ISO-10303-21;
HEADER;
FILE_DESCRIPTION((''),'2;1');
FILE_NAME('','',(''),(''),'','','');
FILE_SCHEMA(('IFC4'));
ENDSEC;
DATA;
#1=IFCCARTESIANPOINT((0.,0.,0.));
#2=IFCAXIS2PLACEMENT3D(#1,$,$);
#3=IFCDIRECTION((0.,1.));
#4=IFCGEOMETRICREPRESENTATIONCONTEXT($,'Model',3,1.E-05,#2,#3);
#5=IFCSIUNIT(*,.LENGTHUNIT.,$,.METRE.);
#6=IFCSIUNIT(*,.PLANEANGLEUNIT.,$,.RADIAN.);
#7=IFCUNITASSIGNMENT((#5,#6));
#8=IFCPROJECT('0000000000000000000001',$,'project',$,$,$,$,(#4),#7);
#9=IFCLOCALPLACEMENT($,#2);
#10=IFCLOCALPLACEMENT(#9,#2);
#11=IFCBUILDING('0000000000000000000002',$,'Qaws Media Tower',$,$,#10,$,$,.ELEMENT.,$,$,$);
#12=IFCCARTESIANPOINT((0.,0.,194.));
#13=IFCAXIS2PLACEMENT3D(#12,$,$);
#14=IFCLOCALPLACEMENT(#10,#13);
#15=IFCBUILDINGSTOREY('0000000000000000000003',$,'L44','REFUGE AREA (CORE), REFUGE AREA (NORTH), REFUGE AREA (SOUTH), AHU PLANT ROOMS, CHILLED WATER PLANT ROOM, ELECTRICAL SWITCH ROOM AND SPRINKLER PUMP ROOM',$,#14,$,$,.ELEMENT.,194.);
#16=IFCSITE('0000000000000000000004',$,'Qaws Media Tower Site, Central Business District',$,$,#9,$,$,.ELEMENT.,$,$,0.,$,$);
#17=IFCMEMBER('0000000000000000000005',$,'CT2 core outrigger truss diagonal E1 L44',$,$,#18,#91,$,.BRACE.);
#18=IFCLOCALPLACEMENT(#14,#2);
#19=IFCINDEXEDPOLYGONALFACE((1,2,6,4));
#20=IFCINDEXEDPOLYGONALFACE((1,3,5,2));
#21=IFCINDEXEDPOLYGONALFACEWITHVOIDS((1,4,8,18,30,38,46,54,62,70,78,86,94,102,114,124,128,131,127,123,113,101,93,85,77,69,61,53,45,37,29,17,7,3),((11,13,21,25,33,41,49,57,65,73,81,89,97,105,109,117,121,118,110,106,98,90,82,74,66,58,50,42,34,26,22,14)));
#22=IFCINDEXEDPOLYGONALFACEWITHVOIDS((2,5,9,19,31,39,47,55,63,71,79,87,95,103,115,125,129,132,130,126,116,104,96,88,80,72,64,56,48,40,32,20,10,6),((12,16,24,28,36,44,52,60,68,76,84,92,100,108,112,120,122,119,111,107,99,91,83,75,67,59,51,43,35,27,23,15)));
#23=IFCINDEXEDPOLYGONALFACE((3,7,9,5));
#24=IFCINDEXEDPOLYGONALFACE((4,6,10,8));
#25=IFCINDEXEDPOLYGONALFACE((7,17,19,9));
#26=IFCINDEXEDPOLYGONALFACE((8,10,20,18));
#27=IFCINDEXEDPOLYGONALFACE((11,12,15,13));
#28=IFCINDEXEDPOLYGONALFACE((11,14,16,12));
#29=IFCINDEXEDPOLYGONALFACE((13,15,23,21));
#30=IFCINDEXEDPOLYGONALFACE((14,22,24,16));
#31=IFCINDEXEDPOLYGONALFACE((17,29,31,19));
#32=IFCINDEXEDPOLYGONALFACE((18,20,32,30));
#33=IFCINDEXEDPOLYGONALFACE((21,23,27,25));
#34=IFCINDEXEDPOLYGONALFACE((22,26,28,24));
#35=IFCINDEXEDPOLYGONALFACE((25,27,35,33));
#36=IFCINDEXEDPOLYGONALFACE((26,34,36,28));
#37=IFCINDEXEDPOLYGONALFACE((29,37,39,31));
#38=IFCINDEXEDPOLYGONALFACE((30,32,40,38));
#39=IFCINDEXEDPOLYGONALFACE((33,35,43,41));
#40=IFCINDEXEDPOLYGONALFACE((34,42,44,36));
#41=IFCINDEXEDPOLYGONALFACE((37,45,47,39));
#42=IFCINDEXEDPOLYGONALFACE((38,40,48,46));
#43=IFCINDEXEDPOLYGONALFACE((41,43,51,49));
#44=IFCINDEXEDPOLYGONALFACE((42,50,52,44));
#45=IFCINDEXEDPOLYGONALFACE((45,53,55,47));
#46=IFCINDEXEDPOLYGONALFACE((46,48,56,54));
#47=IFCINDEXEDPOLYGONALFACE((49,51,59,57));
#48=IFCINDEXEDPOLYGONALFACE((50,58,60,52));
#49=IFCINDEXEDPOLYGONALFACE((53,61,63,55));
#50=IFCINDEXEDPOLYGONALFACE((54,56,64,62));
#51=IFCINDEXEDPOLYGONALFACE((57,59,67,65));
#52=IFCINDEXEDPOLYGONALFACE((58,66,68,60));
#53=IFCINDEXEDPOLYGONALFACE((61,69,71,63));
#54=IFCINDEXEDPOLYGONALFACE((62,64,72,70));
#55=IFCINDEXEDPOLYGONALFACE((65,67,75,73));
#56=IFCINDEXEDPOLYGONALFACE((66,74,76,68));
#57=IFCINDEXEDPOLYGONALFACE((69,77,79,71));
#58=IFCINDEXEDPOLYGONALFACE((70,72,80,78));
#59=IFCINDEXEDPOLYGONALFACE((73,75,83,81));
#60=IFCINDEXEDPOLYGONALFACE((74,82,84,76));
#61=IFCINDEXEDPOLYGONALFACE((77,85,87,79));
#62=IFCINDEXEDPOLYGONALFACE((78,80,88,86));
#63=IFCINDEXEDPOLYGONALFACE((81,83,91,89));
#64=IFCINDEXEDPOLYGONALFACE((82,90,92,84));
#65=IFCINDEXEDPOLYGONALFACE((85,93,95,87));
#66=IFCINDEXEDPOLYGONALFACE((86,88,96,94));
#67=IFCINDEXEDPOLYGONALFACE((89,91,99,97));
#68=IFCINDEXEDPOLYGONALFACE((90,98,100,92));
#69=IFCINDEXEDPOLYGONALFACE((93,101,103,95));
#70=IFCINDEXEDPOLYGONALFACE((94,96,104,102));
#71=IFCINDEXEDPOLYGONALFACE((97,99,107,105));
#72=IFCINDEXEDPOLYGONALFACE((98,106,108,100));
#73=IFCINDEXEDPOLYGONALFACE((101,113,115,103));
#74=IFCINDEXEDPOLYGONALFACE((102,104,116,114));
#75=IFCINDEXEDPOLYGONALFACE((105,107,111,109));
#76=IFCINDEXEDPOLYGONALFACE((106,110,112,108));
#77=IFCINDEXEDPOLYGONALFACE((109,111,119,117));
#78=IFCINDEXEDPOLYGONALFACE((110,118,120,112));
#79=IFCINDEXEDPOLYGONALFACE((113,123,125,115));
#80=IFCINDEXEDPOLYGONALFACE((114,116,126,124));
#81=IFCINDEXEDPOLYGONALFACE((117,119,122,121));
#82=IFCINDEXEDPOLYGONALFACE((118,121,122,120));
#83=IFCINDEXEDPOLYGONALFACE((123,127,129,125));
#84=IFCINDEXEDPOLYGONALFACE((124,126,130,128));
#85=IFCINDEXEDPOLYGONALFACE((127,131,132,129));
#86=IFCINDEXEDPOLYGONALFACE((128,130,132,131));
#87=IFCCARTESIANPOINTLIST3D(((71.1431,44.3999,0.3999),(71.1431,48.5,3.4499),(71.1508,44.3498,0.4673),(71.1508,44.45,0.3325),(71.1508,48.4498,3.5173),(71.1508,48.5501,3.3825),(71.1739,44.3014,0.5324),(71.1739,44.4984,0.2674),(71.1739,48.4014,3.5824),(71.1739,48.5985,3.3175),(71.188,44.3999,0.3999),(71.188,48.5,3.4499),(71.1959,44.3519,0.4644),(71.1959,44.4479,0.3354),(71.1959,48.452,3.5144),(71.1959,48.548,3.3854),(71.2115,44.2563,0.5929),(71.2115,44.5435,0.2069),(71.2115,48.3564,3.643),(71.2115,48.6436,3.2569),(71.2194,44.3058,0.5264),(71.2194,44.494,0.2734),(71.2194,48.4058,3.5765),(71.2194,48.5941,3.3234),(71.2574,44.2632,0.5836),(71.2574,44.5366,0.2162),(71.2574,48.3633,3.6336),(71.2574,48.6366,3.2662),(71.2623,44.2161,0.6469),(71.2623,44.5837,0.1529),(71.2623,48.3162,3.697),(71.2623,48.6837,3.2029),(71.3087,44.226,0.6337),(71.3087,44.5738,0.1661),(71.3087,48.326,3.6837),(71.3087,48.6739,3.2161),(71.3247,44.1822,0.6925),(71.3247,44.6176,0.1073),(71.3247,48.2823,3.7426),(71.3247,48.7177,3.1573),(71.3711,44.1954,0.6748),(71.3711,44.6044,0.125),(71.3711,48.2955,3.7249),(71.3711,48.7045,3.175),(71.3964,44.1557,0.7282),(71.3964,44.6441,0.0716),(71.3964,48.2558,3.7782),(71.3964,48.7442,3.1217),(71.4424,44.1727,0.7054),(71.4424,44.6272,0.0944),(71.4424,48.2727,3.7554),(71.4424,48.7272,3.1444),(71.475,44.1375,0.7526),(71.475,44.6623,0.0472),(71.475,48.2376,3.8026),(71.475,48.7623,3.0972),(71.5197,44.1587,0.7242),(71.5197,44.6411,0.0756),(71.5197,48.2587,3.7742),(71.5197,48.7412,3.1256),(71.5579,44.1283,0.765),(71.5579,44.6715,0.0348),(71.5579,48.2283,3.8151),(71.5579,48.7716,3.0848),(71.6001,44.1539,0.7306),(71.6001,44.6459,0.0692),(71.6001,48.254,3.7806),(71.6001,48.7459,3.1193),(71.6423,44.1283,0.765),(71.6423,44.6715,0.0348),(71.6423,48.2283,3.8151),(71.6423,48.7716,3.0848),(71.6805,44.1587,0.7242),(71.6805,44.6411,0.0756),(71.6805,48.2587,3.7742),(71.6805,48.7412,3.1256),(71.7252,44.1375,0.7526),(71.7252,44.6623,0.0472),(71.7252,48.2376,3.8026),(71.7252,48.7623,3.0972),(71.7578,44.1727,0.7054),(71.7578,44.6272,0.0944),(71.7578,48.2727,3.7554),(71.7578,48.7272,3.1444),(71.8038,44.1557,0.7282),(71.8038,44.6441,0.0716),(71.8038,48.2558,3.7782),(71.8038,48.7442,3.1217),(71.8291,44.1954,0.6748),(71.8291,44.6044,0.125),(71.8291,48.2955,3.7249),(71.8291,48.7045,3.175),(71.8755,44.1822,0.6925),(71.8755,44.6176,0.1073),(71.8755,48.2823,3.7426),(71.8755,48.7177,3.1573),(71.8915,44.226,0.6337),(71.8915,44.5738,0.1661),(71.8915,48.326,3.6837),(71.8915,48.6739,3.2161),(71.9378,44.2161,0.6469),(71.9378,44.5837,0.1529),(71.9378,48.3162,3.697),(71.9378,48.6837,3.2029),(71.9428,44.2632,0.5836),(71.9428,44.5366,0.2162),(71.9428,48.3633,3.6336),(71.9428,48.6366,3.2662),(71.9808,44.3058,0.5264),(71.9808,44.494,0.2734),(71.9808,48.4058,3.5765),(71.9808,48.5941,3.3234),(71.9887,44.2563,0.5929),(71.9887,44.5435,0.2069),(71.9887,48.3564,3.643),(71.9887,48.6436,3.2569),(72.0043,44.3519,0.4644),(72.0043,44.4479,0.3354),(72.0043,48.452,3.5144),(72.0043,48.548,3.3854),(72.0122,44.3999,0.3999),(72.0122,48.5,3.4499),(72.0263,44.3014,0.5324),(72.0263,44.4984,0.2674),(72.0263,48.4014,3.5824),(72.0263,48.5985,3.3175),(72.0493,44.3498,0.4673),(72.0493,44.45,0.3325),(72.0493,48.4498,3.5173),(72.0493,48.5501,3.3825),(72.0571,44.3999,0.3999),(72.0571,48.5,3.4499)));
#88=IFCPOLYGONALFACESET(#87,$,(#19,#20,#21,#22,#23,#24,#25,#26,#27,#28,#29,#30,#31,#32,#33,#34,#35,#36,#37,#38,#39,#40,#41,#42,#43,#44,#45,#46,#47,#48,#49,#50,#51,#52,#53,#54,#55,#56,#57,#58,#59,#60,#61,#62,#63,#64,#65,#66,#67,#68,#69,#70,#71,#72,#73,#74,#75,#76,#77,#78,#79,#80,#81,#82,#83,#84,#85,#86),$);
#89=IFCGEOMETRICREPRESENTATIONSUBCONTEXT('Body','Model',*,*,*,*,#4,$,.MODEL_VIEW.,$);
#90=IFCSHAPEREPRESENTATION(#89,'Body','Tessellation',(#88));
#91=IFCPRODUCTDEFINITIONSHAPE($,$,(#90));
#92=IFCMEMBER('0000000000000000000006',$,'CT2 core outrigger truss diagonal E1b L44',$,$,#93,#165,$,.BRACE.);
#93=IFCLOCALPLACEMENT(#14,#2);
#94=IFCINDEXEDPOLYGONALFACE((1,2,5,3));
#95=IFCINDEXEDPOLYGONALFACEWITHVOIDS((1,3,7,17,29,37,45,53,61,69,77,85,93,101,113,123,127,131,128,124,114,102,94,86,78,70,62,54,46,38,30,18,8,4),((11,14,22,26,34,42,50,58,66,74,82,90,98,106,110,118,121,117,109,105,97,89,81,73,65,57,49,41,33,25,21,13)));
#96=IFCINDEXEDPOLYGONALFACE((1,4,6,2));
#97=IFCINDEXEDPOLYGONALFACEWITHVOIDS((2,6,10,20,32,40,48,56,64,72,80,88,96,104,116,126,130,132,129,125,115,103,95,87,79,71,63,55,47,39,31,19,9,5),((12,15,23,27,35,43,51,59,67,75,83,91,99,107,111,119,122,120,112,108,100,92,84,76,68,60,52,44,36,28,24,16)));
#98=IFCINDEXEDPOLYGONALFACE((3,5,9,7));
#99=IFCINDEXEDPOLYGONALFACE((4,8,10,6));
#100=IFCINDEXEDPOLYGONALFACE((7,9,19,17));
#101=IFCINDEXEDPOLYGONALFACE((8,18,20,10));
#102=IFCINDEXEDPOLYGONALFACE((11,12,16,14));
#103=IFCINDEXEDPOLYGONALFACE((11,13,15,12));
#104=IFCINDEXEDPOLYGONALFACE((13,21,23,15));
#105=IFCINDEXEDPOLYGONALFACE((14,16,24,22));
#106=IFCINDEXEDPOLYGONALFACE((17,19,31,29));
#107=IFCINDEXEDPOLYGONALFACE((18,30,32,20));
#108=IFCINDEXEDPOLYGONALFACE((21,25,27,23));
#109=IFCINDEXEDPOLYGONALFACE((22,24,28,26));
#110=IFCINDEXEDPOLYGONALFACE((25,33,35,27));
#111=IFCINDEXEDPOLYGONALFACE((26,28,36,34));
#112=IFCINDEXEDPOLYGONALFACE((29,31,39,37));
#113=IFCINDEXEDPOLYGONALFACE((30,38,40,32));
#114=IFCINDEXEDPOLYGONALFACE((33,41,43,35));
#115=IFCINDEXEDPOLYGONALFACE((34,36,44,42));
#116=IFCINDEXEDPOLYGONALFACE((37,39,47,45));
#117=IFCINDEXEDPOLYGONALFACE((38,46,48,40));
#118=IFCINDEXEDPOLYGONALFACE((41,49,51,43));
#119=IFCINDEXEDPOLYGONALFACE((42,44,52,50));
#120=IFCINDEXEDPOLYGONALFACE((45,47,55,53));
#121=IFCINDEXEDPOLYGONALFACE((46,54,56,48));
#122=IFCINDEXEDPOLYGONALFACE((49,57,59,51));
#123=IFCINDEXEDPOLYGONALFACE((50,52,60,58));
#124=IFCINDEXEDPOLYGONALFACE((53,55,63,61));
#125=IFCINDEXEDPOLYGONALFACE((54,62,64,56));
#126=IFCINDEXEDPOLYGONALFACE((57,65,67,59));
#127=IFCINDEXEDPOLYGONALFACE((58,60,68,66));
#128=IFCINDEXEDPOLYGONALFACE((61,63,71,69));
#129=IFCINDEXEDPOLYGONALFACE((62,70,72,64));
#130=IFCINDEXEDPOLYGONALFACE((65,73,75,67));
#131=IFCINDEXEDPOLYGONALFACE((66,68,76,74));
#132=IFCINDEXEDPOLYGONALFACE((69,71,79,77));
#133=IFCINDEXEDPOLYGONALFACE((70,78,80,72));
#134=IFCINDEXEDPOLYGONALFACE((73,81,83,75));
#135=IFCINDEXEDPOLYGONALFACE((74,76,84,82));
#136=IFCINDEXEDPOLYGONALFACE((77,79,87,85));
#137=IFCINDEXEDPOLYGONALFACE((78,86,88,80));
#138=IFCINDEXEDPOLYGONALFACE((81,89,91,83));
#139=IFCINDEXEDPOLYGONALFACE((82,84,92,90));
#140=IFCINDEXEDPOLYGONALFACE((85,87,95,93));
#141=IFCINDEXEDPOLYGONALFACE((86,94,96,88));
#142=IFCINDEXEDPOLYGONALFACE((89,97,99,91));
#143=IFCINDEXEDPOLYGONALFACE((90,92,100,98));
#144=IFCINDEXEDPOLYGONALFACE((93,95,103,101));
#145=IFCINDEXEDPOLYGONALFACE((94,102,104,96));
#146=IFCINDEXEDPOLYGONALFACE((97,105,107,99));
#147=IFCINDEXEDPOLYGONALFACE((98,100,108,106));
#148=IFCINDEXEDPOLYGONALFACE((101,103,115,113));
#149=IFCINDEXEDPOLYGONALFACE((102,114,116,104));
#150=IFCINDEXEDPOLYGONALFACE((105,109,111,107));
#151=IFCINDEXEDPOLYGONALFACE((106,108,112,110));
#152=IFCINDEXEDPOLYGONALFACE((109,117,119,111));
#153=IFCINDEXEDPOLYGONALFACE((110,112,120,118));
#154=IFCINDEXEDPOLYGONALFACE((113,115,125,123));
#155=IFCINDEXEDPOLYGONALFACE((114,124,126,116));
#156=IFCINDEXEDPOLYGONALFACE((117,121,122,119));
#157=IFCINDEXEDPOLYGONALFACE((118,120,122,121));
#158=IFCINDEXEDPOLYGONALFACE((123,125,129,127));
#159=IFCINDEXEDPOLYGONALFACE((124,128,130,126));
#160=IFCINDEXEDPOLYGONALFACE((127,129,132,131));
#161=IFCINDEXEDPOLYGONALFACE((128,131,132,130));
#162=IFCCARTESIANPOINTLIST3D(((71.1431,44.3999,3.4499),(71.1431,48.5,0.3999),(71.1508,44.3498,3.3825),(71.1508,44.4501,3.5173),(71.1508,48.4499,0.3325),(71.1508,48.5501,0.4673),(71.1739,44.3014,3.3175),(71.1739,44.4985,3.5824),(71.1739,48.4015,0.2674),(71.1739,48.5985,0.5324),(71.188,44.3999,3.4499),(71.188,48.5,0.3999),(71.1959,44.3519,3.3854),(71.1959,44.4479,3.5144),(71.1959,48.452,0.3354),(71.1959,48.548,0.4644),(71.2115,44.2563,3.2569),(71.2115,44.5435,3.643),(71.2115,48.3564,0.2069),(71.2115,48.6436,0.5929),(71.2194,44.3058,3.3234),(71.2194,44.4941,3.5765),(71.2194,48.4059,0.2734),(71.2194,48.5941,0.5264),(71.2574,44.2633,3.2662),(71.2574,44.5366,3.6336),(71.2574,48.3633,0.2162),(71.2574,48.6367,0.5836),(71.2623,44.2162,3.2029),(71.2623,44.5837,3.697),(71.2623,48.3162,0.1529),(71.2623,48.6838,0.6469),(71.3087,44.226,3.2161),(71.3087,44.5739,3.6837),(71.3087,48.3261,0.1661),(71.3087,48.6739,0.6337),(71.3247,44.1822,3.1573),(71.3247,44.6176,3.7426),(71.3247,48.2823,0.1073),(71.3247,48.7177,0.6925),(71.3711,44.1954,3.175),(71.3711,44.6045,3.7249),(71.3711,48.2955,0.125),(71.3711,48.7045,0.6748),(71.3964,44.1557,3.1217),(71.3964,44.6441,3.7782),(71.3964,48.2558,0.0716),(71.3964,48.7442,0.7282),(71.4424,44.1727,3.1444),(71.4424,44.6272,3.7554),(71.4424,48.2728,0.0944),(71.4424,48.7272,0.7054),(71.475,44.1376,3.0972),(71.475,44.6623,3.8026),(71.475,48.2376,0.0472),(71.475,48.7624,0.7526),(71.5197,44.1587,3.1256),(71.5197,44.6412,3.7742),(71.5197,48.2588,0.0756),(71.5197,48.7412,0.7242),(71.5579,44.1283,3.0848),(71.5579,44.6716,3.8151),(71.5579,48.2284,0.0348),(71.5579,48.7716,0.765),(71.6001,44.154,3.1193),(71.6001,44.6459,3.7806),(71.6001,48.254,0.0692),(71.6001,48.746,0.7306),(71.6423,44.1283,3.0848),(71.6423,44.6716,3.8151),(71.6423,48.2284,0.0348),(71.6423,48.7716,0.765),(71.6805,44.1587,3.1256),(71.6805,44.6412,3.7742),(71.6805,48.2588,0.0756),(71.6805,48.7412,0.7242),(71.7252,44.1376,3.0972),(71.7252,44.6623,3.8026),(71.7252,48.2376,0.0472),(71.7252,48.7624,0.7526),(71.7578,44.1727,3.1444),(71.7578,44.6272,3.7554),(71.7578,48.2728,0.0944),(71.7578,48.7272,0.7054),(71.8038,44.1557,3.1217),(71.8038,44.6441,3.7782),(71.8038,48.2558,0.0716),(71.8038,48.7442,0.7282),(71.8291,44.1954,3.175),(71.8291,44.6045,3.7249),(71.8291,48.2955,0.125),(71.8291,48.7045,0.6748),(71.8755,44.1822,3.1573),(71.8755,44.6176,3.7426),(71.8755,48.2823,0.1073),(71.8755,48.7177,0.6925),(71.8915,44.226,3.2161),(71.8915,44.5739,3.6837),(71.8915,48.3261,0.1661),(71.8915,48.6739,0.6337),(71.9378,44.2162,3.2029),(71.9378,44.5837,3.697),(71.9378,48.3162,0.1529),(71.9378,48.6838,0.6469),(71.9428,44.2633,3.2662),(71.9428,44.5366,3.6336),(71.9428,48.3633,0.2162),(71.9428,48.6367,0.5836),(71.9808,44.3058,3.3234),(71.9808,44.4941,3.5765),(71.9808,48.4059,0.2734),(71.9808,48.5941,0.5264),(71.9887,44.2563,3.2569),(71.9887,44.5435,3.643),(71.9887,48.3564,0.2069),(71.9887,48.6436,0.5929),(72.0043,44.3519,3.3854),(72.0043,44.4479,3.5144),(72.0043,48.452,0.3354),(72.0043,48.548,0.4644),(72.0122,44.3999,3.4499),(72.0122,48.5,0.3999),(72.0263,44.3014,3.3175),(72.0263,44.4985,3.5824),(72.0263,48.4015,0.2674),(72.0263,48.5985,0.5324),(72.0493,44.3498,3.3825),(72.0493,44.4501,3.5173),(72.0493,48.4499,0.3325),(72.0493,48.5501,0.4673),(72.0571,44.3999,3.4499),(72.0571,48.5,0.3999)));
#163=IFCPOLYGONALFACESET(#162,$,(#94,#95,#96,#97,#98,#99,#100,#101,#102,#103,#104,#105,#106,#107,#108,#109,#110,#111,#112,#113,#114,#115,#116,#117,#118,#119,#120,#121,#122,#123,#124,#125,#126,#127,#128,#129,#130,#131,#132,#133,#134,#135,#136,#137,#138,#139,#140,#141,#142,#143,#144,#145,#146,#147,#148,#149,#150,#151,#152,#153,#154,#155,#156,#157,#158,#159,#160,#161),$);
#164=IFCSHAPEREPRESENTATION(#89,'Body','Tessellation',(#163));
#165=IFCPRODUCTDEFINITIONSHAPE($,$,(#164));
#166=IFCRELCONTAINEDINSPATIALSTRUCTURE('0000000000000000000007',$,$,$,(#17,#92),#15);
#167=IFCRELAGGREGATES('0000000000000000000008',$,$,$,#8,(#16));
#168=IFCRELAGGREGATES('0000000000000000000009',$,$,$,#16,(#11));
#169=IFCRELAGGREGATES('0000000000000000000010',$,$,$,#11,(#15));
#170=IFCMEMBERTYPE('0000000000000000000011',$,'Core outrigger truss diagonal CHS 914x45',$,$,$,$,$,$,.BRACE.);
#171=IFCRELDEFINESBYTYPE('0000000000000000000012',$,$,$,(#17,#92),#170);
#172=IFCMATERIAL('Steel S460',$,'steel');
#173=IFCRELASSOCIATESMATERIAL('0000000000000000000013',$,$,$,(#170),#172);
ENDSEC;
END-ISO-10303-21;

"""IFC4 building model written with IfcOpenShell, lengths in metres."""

from ifc_helpers import new_model, si_unit, direction, frame, origin, origin_2d, place, context, subcontext, project, spatial, hollow_circle, extrude, material, material_profile, profile_set, type_object, element, save


model = new_model("IFC4")

# Units and contexts
model_context = context("Model", 3, precision=1e-05, world=origin(), true_north=direction((0.0, 1.0)))
body_context = subcontext(model_context, "Body", "Model", "MODEL_VIEW")
ifc_project = project(units=[si_unit("LENGTHUNIT", "METRE"), si_unit("PLANEANGLEUNIT", "RADIAN")], contexts=[model_context])

# Site, building, storey
site_placement = place(None, origin())
site = spatial("IfcSite", under=ifc_project, at=site_placement, Name="Qaws Media Tower Site, Central Business District", CompositionType="ELEMENT", RefElevation=0.0)
building_placement = place(site_placement, origin())
building = spatial("IfcBuilding", under=site, at=building_placement, Name="Qaws Media Tower", CompositionType="ELEMENT")
storey_placement = place(building_placement, frame((0.0, 0.0, 194.0)))
storey = spatial("IfcBuildingStorey", under=building, at=storey_placement, Name="L44", Description="REFUGE AREA (CORE), REFUGE AREA (NORTH), REFUGE AREA (SOUTH), AHU PLANT ROOMS, CHILLED WATER PLANT ROOM, ELECTRICAL SWITCH ROOM AND SPRINKLER PUMP ROOM", CompositionType="ELEMENT", Elevation=194.0)

# Members
ifc_material_1 = material(Name="Steel S460", Category="steel")
ifc_material_profile_1 = material_profile(ifc_material_1, hollow_circle(Radius=0.457, WallThickness=0.0449, at=origin_2d()), Name="CHS 914x45")
ifc_profile_set_1 = profile_set([ifc_material_profile_1], Name="Steel S460")
member_type_1 = type_object("IfcMemberType", Name="Core outrigger truss diagonal CHS 914x45", PredefinedType="BRACE", material=ifc_profile_set_1)
for number, where, z_axis, x_axis, name in (
    (1, (71.6001, 44.3999, 0.3999), (0.0, 0.802344, 0.596861), (-1.0, 0.0, 0.0), "CT2 core outrigger truss diagonal E1 L44"),
    (2, (71.6001, 48.5, 0.3999), (0.0, -0.802344, 0.596861), (1.0, 0.0, 0.0), "CT2 core outrigger truss diagonal E1b L44"),
):
    element("IfcMember", number, at=place(storey_placement, frame(where, z_axis=z_axis, x_axis=x_axis)), inside=storey, type_object=member_type_1, Name=name, PredefinedType="BRACE", context=body_context, shape_type="SweptSolid", body=[
        extrude(hollow_circle(Radius=0.457, WallThickness=0.0449, at=origin_2d()), origin(), (0.0, 0.0, 1.0), 5.1101),
    ])

save(model, "model.ifc")
